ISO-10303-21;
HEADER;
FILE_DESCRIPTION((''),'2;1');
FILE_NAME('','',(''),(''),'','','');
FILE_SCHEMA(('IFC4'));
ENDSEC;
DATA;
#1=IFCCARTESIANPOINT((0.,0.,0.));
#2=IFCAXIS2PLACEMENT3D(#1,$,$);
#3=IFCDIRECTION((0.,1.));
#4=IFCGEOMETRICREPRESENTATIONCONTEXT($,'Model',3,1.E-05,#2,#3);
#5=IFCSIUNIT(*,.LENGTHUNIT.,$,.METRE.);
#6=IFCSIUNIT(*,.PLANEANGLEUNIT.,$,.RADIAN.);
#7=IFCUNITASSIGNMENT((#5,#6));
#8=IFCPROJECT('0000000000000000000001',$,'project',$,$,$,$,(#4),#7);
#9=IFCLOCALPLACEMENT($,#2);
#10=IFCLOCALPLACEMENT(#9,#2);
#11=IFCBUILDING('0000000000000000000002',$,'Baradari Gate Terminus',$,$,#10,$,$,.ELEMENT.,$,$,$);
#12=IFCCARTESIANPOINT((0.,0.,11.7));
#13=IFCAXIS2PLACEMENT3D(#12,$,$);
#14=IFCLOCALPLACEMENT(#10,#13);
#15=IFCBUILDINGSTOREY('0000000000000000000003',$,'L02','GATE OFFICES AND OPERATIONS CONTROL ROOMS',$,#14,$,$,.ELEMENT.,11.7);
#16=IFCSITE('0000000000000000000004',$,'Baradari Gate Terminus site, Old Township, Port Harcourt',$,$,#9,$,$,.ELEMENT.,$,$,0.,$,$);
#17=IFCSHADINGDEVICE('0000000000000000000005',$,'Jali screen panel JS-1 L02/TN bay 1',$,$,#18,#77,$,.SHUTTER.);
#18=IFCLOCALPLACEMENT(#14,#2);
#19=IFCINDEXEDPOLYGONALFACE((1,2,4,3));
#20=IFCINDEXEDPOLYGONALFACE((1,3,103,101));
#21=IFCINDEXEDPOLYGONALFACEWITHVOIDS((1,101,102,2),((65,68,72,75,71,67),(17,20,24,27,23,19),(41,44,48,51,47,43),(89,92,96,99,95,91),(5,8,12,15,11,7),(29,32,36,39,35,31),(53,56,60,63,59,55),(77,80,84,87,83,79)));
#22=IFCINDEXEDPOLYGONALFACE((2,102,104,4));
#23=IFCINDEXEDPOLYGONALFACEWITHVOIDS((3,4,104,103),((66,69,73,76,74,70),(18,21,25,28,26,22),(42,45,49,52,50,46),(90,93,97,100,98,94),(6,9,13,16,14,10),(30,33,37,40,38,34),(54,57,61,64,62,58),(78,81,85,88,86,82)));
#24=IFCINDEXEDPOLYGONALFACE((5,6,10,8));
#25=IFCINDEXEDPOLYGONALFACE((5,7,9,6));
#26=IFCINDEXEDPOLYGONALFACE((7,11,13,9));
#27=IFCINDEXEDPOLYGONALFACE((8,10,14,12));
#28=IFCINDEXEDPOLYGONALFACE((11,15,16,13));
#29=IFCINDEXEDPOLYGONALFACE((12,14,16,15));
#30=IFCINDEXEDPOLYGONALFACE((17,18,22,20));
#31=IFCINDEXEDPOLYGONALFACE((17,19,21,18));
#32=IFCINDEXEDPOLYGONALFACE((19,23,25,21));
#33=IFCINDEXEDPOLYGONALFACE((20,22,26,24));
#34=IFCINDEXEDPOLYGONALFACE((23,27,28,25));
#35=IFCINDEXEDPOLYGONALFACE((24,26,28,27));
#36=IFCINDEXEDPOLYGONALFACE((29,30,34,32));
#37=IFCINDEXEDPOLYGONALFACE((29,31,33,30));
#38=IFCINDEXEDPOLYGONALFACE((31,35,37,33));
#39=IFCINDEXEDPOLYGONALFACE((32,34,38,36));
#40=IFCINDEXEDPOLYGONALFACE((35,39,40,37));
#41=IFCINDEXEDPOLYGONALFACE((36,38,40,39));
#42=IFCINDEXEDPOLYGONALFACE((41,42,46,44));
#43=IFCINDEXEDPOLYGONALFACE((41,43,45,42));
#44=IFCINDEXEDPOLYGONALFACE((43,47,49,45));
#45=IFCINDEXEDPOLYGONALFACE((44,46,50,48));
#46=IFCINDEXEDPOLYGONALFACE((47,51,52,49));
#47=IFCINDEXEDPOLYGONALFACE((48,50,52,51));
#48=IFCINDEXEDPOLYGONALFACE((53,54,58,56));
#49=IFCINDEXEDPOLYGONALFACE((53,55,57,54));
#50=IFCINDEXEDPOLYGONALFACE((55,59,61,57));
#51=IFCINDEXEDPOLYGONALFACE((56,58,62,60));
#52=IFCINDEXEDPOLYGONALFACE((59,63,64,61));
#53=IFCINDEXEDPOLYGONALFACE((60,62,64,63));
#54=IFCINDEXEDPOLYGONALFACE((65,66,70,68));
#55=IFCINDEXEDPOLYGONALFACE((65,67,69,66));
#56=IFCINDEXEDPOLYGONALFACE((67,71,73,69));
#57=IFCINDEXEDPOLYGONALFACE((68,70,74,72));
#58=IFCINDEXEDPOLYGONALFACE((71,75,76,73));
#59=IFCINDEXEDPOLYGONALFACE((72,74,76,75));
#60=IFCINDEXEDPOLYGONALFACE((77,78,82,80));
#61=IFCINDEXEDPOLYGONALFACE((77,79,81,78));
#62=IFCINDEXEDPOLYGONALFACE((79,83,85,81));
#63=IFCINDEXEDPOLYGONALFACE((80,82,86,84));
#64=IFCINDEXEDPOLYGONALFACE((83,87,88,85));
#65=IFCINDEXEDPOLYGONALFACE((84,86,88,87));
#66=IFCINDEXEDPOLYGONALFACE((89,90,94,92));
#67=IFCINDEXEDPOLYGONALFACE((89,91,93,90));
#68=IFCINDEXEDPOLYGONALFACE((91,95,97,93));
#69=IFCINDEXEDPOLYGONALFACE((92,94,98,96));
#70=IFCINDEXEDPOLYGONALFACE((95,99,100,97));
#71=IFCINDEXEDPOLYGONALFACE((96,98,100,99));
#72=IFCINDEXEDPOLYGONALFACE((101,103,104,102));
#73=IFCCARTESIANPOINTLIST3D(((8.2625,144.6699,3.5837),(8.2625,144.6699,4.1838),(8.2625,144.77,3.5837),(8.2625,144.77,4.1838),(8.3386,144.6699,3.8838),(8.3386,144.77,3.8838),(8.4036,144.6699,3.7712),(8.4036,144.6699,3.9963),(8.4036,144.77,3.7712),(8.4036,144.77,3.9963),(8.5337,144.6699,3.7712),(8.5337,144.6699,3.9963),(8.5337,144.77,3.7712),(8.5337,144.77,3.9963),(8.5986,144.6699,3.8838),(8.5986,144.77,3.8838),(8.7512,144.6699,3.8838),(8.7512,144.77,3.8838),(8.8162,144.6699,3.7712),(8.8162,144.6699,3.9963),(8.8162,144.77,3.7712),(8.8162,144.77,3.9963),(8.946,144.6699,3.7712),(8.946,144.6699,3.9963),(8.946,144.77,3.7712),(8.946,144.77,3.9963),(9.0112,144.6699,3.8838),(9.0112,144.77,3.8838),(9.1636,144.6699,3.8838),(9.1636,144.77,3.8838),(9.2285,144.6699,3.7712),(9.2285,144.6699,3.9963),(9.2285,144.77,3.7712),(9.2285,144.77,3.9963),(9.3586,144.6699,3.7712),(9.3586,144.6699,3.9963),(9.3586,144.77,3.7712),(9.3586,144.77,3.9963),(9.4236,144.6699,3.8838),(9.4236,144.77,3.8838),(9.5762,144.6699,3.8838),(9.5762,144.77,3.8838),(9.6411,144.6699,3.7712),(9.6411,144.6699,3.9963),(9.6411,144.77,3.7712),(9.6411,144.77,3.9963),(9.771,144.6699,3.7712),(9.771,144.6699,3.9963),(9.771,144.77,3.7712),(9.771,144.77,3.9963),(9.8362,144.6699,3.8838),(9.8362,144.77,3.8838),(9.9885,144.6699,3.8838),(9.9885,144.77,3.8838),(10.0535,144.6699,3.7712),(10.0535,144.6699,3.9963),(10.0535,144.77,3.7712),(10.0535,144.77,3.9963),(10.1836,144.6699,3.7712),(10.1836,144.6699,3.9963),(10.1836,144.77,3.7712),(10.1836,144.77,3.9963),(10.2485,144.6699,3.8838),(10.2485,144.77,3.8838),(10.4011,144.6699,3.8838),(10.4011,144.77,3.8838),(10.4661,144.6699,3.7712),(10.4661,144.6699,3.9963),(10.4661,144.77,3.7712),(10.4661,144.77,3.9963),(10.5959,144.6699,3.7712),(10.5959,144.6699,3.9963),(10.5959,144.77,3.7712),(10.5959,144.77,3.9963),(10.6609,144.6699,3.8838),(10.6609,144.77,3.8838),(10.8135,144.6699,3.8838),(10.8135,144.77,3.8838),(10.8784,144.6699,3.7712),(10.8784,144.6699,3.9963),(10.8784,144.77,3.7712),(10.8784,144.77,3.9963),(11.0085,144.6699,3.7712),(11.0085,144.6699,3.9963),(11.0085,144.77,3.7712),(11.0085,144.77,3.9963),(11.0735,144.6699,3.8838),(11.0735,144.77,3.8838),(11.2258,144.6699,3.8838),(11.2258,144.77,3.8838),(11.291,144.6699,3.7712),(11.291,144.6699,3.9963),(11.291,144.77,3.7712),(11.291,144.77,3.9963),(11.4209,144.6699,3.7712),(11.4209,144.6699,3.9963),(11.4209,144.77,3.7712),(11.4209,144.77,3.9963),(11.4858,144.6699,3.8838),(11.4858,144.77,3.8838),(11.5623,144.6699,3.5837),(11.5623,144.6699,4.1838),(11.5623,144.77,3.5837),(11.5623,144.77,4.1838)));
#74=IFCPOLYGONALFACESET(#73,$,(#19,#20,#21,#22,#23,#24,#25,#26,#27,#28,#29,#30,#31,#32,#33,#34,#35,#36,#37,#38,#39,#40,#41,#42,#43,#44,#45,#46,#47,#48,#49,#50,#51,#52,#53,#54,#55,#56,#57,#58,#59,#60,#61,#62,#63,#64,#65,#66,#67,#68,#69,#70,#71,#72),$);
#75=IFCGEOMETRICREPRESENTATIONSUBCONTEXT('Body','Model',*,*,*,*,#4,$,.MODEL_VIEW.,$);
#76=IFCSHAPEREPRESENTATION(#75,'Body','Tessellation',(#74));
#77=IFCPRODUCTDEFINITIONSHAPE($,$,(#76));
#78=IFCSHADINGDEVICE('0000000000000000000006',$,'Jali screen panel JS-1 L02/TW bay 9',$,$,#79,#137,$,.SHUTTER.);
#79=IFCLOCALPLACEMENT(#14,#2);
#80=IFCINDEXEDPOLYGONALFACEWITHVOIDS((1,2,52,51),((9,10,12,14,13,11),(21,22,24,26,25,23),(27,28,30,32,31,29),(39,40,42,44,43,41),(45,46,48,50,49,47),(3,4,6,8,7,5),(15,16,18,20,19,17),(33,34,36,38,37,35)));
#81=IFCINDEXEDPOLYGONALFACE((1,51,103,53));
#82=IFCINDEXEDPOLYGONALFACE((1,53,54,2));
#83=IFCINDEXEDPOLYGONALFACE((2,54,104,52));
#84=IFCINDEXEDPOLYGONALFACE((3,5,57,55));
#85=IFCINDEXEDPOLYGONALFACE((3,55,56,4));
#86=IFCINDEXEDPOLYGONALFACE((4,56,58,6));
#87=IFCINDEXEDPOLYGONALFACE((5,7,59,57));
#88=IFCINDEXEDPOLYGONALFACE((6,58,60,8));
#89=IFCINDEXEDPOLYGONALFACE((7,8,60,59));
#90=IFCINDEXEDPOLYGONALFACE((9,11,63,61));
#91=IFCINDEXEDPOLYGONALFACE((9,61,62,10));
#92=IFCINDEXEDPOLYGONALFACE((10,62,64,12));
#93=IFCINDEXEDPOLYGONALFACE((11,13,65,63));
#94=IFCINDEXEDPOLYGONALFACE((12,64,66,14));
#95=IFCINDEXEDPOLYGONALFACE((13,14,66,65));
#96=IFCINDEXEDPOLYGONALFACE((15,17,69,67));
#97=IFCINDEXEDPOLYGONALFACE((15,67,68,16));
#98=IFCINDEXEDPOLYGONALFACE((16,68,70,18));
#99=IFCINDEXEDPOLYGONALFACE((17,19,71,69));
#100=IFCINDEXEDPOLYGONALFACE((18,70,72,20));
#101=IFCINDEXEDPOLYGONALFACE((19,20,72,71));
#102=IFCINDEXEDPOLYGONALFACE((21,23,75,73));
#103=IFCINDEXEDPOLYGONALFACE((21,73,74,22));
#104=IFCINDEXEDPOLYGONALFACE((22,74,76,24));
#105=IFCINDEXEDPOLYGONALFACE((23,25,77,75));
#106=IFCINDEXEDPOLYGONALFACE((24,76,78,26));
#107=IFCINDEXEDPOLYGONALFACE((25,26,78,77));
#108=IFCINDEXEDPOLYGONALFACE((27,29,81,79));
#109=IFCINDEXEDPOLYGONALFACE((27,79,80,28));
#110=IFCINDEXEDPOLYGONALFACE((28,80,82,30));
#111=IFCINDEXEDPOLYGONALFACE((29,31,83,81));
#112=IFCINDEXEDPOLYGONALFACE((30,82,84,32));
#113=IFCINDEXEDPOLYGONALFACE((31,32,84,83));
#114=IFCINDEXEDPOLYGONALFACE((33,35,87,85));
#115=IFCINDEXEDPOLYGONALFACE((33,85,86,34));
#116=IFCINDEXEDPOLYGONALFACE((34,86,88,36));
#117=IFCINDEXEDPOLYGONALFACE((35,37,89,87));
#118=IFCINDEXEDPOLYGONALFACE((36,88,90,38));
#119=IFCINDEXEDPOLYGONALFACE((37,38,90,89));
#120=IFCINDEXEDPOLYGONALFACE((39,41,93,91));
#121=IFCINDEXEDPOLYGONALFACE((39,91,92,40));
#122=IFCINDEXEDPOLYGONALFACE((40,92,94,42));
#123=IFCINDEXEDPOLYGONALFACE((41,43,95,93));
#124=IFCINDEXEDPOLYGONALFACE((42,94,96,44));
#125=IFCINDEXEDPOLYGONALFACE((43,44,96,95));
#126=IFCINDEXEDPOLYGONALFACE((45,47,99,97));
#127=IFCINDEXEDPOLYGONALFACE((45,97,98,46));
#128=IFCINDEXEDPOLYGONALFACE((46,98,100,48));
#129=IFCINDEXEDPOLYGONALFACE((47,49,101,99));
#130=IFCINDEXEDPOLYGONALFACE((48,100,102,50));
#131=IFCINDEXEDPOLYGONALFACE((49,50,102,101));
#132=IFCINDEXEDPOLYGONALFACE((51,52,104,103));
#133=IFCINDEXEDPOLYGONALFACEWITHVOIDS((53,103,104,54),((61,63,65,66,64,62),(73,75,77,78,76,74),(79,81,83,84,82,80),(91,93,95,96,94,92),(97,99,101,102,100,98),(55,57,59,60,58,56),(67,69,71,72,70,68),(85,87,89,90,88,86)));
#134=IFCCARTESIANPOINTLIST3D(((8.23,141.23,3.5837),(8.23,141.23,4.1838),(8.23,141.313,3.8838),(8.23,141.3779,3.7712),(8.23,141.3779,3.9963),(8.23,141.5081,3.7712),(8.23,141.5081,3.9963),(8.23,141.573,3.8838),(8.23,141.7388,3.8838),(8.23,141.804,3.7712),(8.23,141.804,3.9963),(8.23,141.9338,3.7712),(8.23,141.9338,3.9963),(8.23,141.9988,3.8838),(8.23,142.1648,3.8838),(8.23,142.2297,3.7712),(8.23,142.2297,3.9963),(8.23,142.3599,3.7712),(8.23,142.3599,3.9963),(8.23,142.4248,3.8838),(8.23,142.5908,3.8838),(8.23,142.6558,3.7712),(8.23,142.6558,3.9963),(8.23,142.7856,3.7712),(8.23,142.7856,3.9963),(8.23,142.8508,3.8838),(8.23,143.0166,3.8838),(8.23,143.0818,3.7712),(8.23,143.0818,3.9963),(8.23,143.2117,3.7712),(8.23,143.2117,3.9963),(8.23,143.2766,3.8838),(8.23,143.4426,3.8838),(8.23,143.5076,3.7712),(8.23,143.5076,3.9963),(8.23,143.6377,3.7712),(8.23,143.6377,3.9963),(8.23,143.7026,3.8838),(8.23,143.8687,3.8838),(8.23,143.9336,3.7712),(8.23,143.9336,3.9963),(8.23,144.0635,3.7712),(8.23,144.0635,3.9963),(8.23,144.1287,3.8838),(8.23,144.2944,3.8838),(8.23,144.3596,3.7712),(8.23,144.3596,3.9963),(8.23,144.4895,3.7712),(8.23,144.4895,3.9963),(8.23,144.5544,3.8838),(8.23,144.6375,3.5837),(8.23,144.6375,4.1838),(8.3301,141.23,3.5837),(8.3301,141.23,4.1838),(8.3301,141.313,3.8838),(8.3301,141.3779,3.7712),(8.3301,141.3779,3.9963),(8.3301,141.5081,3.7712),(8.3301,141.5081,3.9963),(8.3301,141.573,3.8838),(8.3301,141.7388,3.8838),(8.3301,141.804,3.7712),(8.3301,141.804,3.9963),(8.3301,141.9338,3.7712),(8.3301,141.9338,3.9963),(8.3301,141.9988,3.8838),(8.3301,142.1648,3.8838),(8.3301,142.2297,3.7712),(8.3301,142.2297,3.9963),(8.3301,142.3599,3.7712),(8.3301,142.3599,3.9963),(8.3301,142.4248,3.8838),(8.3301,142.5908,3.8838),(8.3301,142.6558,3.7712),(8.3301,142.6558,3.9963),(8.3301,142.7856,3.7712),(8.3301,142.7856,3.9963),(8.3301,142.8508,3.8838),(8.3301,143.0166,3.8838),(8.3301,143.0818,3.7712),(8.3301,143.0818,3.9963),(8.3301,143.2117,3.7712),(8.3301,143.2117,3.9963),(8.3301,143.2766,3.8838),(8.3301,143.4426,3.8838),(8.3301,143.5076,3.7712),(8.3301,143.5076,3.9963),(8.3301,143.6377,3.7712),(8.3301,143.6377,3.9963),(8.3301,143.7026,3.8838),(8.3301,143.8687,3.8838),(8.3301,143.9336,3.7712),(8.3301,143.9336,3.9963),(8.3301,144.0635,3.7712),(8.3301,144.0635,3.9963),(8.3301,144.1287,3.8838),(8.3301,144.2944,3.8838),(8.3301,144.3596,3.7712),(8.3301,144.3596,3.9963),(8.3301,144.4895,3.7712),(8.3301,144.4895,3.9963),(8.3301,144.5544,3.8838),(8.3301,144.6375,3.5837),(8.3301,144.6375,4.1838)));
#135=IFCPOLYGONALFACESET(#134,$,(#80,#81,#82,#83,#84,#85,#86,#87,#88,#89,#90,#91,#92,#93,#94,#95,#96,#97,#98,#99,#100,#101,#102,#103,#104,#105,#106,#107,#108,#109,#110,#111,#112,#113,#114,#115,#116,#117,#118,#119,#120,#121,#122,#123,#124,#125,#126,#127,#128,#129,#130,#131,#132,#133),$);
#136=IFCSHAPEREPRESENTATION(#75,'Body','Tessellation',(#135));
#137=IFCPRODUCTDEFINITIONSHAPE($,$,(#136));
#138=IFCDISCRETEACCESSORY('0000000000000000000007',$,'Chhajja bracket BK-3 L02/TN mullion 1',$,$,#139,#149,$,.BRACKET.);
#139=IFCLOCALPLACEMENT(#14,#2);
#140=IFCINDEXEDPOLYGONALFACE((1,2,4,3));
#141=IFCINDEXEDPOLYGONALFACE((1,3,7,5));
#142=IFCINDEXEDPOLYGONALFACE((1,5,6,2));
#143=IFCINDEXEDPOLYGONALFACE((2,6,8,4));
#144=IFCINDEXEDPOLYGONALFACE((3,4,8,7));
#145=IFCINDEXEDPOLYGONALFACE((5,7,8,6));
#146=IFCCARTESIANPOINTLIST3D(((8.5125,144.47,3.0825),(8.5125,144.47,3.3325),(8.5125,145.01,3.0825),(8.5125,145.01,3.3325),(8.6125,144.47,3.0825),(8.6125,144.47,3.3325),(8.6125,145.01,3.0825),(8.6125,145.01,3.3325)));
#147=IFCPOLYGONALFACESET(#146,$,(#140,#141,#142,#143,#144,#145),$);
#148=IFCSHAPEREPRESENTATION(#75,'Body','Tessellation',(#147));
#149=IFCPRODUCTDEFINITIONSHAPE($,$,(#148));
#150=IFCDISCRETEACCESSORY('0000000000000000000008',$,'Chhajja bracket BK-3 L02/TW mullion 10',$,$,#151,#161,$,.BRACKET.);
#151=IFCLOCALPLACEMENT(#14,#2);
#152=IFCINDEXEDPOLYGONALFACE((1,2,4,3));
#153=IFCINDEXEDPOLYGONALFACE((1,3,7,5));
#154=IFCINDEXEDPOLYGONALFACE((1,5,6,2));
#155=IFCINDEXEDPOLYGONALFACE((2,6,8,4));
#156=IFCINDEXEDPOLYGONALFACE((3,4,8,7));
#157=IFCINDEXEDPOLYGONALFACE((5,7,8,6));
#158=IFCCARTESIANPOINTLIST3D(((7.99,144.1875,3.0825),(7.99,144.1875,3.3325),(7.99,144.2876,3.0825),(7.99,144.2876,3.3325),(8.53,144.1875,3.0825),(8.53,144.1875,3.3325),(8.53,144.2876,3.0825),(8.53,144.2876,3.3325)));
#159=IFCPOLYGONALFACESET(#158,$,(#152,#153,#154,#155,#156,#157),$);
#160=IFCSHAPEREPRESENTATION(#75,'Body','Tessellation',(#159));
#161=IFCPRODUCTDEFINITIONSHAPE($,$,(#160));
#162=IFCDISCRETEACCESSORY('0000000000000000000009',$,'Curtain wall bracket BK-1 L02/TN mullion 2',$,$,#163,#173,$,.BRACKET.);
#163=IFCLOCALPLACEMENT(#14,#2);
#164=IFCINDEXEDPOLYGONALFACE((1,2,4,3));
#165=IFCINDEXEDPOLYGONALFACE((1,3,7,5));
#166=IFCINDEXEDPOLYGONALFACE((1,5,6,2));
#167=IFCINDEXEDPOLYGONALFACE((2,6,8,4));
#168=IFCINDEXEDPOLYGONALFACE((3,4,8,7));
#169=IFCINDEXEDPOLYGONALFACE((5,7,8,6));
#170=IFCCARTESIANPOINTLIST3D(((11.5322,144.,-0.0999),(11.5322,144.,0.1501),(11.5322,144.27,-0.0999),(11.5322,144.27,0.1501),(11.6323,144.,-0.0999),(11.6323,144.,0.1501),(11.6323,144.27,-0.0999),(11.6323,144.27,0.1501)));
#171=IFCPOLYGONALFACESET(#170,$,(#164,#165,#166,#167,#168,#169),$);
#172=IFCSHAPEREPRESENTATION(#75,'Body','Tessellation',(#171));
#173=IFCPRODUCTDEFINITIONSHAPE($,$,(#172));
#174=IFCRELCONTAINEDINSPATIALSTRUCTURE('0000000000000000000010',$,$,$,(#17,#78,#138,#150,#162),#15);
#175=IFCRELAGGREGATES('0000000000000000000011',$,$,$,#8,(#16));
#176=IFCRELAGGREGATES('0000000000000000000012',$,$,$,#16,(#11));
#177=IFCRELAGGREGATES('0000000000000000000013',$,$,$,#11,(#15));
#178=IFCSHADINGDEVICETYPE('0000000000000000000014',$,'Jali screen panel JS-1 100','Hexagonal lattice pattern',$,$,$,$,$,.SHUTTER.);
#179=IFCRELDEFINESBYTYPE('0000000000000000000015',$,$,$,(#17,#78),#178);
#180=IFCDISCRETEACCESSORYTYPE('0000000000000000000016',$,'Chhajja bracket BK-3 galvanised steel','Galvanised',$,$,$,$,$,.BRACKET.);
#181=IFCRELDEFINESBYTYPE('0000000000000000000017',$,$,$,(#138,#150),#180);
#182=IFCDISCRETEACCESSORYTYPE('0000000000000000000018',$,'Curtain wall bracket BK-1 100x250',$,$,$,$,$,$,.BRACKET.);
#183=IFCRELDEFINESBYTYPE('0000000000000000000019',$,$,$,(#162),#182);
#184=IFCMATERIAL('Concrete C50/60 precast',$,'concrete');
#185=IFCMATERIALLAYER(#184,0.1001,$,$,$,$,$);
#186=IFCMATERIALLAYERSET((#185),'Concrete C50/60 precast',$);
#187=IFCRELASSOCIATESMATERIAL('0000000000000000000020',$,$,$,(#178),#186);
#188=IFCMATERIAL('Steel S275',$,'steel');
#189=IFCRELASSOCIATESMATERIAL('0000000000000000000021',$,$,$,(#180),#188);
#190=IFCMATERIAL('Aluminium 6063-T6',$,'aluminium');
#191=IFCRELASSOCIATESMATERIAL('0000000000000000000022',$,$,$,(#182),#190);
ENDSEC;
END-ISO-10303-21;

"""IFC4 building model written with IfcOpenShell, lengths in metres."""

from ifc_helpers import new_model, si_unit, direction, frame, origin, origin_2d, place, context, subcontext, project, spatial, polyline, rectangle, outline, extrude, material, layer, layer_set, type_object, element, save


model = new_model("IFC4")

# Units and contexts
model_context = context("Model", 3, precision=1e-05, world=origin(), true_north=direction((0.0, 1.0)))
body_context = subcontext(model_context, "Body", "Model", "MODEL_VIEW")
ifc_project = project(units=[si_unit("LENGTHUNIT", "METRE"), si_unit("PLANEANGLEUNIT", "RADIAN")], contexts=[model_context])

# Site, building, storey
site_placement = place(None, origin())
site = spatial("IfcSite", under=ifc_project, at=site_placement, Name="Baradari Gate Terminus site, Old Township, Port Harcourt", CompositionType="ELEMENT", RefElevation=0.0)
building_placement = place(site_placement, origin())
building = spatial("IfcBuilding", under=site, at=building_placement, Name="Baradari Gate Terminus", CompositionType="ELEMENT")
storey_placement = place(building_placement, frame((0.0, 0.0, 11.7)))
storey = spatial("IfcBuildingStorey", under=building, at=storey_placement, Name="L02", Description="GATE OFFICES AND OPERATIONS CONTROL ROOMS", CompositionType="ELEMENT", Elevation=11.7)

# Shading devices
ifc_material_1 = material(Name="Concrete C50/60 precast", Category="concrete")
ifc_layer_1 = layer(ifc_material_1, 0.1001)
ifc_layer_set_1 = layer_set([ifc_layer_1], Name="Concrete C50/60 precast")
shading_device_type_1 = type_object("IfcShadingDeviceType", Name="Jali screen panel JS-1 100", Description="Hexagonal lattice pattern", PredefinedType="SHUTTER", material=ifc_layer_set_1)
shading_device_1_placement = place(storey_placement, frame((8.2625, 144.72, 3.5837), z_axis=(0.0, 0.0, 1.0), x_axis=(1.0, 0.0, 0.0)))
element("IfcShadingDevice", 1, at=shading_device_1_placement, inside=storey, type_object=shading_device_type_1, Name="Jali screen panel JS-1 L02/TN bay 1", PredefinedType="SHUTTER", context=body_context, shape_type="SweptSolid", body=[
    extrude(outline(polyline([(0.0, 0.0), (3.2998, 0.0), (3.2998, 0.6001), (0.0, 0.6001), (0.0, 0.0)]), holes=[polyline([(0.3362, 0.3), (0.2712, 0.1875), (0.1411, 0.1875), (0.0762, 0.3), (0.1411, 0.4126), (0.2712, 0.4126), (0.3362, 0.3)]), polyline([(0.7488, 0.3), (0.6836, 0.1875), (0.5537, 0.1875), (0.4888, 0.3), (0.5537, 0.4126), (0.6836, 0.4126), (0.7488, 0.3)]), polyline([(1.1611, 0.3), (1.0962, 0.1875), (0.9661, 0.1875), (0.9011, 0.3), (0.9661, 0.4126), (1.0962, 0.4126), (1.1611, 0.3)]), polyline([(1.5737, 0.3), (1.5085, 0.1875), (1.3787, 0.1875), (1.3137, 0.3), (1.3787, 0.4126), (1.5085, 0.4126), (1.5737, 0.3)]), polyline([(1.9861, 0.3), (1.9211, 0.1875), (1.791, 0.1875), (1.7261, 0.3), (1.791, 0.4126), (1.9211, 0.4126), (1.9861, 0.3)]), polyline([(2.3984, 0.3), (2.3335, 0.1875), (2.2036, 0.1875), (2.1387, 0.3), (2.2036, 0.4126), (2.3335, 0.4126), (2.3984, 0.3)]), polyline([(2.811, 0.3), (2.7461, 0.1875), (2.616, 0.1875), (2.551, 0.3), (2.616, 0.4126), (2.7461, 0.4126), (2.811, 0.3)]), polyline([(3.2234, 0.3), (3.1584, 0.1875), (3.0286, 0.1875), (2.9634, 0.3), (3.0286, 0.4126), (3.1584, 0.4126), (3.2234, 0.3)])]), frame((0.0, 0.05, 0.0), z_axis=(0.0, -1.0, 0.0), x_axis=(1.0, 0.0, 0.0)), (0.0, 0.0, 1.0), 0.1001),
])
shading_device_2_placement = place(storey_placement, frame((8.28, 141.23, 3.5837), z_axis=(0.0, 0.0, 1.0), x_axis=(0.0, 1.0, 0.0)))
element("IfcShadingDevice", 2, at=shading_device_2_placement, inside=storey, type_object=shading_device_type_1, Name="Jali screen panel JS-1 L02/TW bay 9", PredefinedType="SHUTTER", context=body_context, shape_type="SweptSolid", body=[
    extrude(outline(polyline([(0.0, 0.0), (3.4075, 0.0), (3.4075, 0.6001), (0.0, 0.6001), (0.0, 0.0)]), holes=[polyline([(0.343, 0.3), (0.2781, 0.1875), (0.1479, 0.1875), (0.083, 0.3), (0.1479, 0.4126), (0.2781, 0.4126), (0.343, 0.3)]), polyline([(0.7688, 0.3), (0.7039, 0.1875), (0.574, 0.1875), (0.5088, 0.3), (0.574, 0.4126), (0.7039, 0.4126), (0.7688, 0.3)]), polyline([(1.1948, 0.3), (1.1299, 0.1875), (0.9998, 0.1875), (0.9348, 0.3), (0.9998, 0.4126), (1.1299, 0.4126), (1.1948, 0.3)]), polyline([(1.6208, 0.3), (1.5557, 0.1875), (1.4258, 0.1875), (1.3608, 0.3), (1.4258, 0.4126), (1.5557, 0.4126), (1.6208, 0.3)]), polyline([(2.0466, 0.3), (1.9817, 0.1875), (1.8518, 0.1875), (1.7866, 0.3), (1.8518, 0.4126), (1.9817, 0.4126), (2.0466, 0.3)]), polyline([(2.4727, 0.3), (2.4077, 0.1875), (2.2776, 0.1875), (2.2126, 0.3), (2.2776, 0.4126), (2.4077, 0.4126), (2.4727, 0.3)]), polyline([(2.8987, 0.3), (2.8335, 0.1875), (2.7036, 0.1875), (2.6387, 0.3), (2.7036, 0.4126), (2.8335, 0.4126), (2.8987, 0.3)]), polyline([(3.3245, 0.3), (3.2595, 0.1875), (3.1296, 0.1875), (3.0645, 0.3), (3.1296, 0.4126), (3.2595, 0.4126), (3.3245, 0.3)])]), frame((0.0, 0.05, 0.0), z_axis=(0.0, -1.0, 0.0), x_axis=(1.0, 0.0, 0.0)), (0.0, 0.0, 1.0), 0.1001),
])

# Discrete accessories
ifc_material_2 = material(Name="Steel S275", Category="steel")
discrete_accessory_type_1 = type_object("IfcDiscreteAccessoryType", Name="Chhajja bracket BK-3 galvanised steel", Description="Galvanised", PredefinedType="BRACKET", material=ifc_material_2)
for number, where, z_axis, x_axis, name in (
    (3, (8.5625, 144.74, 3.0825), (0.0, 0.0, 1.0), (0.0, 1.0, 0.0), "Chhajja bracket BK-3 L02/TN mullion 1"),
    (4, (8.26, 144.2375, 3.0825), (0.0, 0.0, 1.0), (-1.0, 0.0, 0.0), "Chhajja bracket BK-3 L02/TW mullion 10"),
):
    element("IfcDiscreteAccessory", number, at=place(storey_placement, frame(where, z_axis=z_axis, x_axis=x_axis)), inside=storey, type_object=discrete_accessory_type_1, Name=name, PredefinedType="BRACKET", context=body_context, shape_type="SweptSolid", body=[
        extrude(rectangle(XDim=0.54, YDim=0.1001, at=origin_2d()), origin(), (0.0, 0.0, 1.0), 0.25),
    ])
ifc_material_3 = material(Name="Aluminium 6063-T6", Category="aluminium")
discrete_accessory_type_2 = type_object("IfcDiscreteAccessoryType", Name="Curtain wall bracket BK-1 100x250", PredefinedType="BRACKET", material=ifc_material_3)
discrete_accessory_placement = place(storey_placement, frame((11.5823, 144.135, -0.0999), z_axis=(0.0, 0.0, 1.0), x_axis=(0.0, 1.0, 0.0)))
element("IfcDiscreteAccessory", 5, at=discrete_accessory_placement, inside=storey, type_object=discrete_accessory_type_2, Name="Curtain wall bracket BK-1 L02/TN mullion 2", PredefinedType="BRACKET", context=body_context, shape_type="SweptSolid", body=[
    extrude(rectangle(XDim=0.27, YDim=0.1001, at=origin_2d()), origin(), (0.0, 0.0, 1.0), 0.25),
])

save(model, "model.ifc")
